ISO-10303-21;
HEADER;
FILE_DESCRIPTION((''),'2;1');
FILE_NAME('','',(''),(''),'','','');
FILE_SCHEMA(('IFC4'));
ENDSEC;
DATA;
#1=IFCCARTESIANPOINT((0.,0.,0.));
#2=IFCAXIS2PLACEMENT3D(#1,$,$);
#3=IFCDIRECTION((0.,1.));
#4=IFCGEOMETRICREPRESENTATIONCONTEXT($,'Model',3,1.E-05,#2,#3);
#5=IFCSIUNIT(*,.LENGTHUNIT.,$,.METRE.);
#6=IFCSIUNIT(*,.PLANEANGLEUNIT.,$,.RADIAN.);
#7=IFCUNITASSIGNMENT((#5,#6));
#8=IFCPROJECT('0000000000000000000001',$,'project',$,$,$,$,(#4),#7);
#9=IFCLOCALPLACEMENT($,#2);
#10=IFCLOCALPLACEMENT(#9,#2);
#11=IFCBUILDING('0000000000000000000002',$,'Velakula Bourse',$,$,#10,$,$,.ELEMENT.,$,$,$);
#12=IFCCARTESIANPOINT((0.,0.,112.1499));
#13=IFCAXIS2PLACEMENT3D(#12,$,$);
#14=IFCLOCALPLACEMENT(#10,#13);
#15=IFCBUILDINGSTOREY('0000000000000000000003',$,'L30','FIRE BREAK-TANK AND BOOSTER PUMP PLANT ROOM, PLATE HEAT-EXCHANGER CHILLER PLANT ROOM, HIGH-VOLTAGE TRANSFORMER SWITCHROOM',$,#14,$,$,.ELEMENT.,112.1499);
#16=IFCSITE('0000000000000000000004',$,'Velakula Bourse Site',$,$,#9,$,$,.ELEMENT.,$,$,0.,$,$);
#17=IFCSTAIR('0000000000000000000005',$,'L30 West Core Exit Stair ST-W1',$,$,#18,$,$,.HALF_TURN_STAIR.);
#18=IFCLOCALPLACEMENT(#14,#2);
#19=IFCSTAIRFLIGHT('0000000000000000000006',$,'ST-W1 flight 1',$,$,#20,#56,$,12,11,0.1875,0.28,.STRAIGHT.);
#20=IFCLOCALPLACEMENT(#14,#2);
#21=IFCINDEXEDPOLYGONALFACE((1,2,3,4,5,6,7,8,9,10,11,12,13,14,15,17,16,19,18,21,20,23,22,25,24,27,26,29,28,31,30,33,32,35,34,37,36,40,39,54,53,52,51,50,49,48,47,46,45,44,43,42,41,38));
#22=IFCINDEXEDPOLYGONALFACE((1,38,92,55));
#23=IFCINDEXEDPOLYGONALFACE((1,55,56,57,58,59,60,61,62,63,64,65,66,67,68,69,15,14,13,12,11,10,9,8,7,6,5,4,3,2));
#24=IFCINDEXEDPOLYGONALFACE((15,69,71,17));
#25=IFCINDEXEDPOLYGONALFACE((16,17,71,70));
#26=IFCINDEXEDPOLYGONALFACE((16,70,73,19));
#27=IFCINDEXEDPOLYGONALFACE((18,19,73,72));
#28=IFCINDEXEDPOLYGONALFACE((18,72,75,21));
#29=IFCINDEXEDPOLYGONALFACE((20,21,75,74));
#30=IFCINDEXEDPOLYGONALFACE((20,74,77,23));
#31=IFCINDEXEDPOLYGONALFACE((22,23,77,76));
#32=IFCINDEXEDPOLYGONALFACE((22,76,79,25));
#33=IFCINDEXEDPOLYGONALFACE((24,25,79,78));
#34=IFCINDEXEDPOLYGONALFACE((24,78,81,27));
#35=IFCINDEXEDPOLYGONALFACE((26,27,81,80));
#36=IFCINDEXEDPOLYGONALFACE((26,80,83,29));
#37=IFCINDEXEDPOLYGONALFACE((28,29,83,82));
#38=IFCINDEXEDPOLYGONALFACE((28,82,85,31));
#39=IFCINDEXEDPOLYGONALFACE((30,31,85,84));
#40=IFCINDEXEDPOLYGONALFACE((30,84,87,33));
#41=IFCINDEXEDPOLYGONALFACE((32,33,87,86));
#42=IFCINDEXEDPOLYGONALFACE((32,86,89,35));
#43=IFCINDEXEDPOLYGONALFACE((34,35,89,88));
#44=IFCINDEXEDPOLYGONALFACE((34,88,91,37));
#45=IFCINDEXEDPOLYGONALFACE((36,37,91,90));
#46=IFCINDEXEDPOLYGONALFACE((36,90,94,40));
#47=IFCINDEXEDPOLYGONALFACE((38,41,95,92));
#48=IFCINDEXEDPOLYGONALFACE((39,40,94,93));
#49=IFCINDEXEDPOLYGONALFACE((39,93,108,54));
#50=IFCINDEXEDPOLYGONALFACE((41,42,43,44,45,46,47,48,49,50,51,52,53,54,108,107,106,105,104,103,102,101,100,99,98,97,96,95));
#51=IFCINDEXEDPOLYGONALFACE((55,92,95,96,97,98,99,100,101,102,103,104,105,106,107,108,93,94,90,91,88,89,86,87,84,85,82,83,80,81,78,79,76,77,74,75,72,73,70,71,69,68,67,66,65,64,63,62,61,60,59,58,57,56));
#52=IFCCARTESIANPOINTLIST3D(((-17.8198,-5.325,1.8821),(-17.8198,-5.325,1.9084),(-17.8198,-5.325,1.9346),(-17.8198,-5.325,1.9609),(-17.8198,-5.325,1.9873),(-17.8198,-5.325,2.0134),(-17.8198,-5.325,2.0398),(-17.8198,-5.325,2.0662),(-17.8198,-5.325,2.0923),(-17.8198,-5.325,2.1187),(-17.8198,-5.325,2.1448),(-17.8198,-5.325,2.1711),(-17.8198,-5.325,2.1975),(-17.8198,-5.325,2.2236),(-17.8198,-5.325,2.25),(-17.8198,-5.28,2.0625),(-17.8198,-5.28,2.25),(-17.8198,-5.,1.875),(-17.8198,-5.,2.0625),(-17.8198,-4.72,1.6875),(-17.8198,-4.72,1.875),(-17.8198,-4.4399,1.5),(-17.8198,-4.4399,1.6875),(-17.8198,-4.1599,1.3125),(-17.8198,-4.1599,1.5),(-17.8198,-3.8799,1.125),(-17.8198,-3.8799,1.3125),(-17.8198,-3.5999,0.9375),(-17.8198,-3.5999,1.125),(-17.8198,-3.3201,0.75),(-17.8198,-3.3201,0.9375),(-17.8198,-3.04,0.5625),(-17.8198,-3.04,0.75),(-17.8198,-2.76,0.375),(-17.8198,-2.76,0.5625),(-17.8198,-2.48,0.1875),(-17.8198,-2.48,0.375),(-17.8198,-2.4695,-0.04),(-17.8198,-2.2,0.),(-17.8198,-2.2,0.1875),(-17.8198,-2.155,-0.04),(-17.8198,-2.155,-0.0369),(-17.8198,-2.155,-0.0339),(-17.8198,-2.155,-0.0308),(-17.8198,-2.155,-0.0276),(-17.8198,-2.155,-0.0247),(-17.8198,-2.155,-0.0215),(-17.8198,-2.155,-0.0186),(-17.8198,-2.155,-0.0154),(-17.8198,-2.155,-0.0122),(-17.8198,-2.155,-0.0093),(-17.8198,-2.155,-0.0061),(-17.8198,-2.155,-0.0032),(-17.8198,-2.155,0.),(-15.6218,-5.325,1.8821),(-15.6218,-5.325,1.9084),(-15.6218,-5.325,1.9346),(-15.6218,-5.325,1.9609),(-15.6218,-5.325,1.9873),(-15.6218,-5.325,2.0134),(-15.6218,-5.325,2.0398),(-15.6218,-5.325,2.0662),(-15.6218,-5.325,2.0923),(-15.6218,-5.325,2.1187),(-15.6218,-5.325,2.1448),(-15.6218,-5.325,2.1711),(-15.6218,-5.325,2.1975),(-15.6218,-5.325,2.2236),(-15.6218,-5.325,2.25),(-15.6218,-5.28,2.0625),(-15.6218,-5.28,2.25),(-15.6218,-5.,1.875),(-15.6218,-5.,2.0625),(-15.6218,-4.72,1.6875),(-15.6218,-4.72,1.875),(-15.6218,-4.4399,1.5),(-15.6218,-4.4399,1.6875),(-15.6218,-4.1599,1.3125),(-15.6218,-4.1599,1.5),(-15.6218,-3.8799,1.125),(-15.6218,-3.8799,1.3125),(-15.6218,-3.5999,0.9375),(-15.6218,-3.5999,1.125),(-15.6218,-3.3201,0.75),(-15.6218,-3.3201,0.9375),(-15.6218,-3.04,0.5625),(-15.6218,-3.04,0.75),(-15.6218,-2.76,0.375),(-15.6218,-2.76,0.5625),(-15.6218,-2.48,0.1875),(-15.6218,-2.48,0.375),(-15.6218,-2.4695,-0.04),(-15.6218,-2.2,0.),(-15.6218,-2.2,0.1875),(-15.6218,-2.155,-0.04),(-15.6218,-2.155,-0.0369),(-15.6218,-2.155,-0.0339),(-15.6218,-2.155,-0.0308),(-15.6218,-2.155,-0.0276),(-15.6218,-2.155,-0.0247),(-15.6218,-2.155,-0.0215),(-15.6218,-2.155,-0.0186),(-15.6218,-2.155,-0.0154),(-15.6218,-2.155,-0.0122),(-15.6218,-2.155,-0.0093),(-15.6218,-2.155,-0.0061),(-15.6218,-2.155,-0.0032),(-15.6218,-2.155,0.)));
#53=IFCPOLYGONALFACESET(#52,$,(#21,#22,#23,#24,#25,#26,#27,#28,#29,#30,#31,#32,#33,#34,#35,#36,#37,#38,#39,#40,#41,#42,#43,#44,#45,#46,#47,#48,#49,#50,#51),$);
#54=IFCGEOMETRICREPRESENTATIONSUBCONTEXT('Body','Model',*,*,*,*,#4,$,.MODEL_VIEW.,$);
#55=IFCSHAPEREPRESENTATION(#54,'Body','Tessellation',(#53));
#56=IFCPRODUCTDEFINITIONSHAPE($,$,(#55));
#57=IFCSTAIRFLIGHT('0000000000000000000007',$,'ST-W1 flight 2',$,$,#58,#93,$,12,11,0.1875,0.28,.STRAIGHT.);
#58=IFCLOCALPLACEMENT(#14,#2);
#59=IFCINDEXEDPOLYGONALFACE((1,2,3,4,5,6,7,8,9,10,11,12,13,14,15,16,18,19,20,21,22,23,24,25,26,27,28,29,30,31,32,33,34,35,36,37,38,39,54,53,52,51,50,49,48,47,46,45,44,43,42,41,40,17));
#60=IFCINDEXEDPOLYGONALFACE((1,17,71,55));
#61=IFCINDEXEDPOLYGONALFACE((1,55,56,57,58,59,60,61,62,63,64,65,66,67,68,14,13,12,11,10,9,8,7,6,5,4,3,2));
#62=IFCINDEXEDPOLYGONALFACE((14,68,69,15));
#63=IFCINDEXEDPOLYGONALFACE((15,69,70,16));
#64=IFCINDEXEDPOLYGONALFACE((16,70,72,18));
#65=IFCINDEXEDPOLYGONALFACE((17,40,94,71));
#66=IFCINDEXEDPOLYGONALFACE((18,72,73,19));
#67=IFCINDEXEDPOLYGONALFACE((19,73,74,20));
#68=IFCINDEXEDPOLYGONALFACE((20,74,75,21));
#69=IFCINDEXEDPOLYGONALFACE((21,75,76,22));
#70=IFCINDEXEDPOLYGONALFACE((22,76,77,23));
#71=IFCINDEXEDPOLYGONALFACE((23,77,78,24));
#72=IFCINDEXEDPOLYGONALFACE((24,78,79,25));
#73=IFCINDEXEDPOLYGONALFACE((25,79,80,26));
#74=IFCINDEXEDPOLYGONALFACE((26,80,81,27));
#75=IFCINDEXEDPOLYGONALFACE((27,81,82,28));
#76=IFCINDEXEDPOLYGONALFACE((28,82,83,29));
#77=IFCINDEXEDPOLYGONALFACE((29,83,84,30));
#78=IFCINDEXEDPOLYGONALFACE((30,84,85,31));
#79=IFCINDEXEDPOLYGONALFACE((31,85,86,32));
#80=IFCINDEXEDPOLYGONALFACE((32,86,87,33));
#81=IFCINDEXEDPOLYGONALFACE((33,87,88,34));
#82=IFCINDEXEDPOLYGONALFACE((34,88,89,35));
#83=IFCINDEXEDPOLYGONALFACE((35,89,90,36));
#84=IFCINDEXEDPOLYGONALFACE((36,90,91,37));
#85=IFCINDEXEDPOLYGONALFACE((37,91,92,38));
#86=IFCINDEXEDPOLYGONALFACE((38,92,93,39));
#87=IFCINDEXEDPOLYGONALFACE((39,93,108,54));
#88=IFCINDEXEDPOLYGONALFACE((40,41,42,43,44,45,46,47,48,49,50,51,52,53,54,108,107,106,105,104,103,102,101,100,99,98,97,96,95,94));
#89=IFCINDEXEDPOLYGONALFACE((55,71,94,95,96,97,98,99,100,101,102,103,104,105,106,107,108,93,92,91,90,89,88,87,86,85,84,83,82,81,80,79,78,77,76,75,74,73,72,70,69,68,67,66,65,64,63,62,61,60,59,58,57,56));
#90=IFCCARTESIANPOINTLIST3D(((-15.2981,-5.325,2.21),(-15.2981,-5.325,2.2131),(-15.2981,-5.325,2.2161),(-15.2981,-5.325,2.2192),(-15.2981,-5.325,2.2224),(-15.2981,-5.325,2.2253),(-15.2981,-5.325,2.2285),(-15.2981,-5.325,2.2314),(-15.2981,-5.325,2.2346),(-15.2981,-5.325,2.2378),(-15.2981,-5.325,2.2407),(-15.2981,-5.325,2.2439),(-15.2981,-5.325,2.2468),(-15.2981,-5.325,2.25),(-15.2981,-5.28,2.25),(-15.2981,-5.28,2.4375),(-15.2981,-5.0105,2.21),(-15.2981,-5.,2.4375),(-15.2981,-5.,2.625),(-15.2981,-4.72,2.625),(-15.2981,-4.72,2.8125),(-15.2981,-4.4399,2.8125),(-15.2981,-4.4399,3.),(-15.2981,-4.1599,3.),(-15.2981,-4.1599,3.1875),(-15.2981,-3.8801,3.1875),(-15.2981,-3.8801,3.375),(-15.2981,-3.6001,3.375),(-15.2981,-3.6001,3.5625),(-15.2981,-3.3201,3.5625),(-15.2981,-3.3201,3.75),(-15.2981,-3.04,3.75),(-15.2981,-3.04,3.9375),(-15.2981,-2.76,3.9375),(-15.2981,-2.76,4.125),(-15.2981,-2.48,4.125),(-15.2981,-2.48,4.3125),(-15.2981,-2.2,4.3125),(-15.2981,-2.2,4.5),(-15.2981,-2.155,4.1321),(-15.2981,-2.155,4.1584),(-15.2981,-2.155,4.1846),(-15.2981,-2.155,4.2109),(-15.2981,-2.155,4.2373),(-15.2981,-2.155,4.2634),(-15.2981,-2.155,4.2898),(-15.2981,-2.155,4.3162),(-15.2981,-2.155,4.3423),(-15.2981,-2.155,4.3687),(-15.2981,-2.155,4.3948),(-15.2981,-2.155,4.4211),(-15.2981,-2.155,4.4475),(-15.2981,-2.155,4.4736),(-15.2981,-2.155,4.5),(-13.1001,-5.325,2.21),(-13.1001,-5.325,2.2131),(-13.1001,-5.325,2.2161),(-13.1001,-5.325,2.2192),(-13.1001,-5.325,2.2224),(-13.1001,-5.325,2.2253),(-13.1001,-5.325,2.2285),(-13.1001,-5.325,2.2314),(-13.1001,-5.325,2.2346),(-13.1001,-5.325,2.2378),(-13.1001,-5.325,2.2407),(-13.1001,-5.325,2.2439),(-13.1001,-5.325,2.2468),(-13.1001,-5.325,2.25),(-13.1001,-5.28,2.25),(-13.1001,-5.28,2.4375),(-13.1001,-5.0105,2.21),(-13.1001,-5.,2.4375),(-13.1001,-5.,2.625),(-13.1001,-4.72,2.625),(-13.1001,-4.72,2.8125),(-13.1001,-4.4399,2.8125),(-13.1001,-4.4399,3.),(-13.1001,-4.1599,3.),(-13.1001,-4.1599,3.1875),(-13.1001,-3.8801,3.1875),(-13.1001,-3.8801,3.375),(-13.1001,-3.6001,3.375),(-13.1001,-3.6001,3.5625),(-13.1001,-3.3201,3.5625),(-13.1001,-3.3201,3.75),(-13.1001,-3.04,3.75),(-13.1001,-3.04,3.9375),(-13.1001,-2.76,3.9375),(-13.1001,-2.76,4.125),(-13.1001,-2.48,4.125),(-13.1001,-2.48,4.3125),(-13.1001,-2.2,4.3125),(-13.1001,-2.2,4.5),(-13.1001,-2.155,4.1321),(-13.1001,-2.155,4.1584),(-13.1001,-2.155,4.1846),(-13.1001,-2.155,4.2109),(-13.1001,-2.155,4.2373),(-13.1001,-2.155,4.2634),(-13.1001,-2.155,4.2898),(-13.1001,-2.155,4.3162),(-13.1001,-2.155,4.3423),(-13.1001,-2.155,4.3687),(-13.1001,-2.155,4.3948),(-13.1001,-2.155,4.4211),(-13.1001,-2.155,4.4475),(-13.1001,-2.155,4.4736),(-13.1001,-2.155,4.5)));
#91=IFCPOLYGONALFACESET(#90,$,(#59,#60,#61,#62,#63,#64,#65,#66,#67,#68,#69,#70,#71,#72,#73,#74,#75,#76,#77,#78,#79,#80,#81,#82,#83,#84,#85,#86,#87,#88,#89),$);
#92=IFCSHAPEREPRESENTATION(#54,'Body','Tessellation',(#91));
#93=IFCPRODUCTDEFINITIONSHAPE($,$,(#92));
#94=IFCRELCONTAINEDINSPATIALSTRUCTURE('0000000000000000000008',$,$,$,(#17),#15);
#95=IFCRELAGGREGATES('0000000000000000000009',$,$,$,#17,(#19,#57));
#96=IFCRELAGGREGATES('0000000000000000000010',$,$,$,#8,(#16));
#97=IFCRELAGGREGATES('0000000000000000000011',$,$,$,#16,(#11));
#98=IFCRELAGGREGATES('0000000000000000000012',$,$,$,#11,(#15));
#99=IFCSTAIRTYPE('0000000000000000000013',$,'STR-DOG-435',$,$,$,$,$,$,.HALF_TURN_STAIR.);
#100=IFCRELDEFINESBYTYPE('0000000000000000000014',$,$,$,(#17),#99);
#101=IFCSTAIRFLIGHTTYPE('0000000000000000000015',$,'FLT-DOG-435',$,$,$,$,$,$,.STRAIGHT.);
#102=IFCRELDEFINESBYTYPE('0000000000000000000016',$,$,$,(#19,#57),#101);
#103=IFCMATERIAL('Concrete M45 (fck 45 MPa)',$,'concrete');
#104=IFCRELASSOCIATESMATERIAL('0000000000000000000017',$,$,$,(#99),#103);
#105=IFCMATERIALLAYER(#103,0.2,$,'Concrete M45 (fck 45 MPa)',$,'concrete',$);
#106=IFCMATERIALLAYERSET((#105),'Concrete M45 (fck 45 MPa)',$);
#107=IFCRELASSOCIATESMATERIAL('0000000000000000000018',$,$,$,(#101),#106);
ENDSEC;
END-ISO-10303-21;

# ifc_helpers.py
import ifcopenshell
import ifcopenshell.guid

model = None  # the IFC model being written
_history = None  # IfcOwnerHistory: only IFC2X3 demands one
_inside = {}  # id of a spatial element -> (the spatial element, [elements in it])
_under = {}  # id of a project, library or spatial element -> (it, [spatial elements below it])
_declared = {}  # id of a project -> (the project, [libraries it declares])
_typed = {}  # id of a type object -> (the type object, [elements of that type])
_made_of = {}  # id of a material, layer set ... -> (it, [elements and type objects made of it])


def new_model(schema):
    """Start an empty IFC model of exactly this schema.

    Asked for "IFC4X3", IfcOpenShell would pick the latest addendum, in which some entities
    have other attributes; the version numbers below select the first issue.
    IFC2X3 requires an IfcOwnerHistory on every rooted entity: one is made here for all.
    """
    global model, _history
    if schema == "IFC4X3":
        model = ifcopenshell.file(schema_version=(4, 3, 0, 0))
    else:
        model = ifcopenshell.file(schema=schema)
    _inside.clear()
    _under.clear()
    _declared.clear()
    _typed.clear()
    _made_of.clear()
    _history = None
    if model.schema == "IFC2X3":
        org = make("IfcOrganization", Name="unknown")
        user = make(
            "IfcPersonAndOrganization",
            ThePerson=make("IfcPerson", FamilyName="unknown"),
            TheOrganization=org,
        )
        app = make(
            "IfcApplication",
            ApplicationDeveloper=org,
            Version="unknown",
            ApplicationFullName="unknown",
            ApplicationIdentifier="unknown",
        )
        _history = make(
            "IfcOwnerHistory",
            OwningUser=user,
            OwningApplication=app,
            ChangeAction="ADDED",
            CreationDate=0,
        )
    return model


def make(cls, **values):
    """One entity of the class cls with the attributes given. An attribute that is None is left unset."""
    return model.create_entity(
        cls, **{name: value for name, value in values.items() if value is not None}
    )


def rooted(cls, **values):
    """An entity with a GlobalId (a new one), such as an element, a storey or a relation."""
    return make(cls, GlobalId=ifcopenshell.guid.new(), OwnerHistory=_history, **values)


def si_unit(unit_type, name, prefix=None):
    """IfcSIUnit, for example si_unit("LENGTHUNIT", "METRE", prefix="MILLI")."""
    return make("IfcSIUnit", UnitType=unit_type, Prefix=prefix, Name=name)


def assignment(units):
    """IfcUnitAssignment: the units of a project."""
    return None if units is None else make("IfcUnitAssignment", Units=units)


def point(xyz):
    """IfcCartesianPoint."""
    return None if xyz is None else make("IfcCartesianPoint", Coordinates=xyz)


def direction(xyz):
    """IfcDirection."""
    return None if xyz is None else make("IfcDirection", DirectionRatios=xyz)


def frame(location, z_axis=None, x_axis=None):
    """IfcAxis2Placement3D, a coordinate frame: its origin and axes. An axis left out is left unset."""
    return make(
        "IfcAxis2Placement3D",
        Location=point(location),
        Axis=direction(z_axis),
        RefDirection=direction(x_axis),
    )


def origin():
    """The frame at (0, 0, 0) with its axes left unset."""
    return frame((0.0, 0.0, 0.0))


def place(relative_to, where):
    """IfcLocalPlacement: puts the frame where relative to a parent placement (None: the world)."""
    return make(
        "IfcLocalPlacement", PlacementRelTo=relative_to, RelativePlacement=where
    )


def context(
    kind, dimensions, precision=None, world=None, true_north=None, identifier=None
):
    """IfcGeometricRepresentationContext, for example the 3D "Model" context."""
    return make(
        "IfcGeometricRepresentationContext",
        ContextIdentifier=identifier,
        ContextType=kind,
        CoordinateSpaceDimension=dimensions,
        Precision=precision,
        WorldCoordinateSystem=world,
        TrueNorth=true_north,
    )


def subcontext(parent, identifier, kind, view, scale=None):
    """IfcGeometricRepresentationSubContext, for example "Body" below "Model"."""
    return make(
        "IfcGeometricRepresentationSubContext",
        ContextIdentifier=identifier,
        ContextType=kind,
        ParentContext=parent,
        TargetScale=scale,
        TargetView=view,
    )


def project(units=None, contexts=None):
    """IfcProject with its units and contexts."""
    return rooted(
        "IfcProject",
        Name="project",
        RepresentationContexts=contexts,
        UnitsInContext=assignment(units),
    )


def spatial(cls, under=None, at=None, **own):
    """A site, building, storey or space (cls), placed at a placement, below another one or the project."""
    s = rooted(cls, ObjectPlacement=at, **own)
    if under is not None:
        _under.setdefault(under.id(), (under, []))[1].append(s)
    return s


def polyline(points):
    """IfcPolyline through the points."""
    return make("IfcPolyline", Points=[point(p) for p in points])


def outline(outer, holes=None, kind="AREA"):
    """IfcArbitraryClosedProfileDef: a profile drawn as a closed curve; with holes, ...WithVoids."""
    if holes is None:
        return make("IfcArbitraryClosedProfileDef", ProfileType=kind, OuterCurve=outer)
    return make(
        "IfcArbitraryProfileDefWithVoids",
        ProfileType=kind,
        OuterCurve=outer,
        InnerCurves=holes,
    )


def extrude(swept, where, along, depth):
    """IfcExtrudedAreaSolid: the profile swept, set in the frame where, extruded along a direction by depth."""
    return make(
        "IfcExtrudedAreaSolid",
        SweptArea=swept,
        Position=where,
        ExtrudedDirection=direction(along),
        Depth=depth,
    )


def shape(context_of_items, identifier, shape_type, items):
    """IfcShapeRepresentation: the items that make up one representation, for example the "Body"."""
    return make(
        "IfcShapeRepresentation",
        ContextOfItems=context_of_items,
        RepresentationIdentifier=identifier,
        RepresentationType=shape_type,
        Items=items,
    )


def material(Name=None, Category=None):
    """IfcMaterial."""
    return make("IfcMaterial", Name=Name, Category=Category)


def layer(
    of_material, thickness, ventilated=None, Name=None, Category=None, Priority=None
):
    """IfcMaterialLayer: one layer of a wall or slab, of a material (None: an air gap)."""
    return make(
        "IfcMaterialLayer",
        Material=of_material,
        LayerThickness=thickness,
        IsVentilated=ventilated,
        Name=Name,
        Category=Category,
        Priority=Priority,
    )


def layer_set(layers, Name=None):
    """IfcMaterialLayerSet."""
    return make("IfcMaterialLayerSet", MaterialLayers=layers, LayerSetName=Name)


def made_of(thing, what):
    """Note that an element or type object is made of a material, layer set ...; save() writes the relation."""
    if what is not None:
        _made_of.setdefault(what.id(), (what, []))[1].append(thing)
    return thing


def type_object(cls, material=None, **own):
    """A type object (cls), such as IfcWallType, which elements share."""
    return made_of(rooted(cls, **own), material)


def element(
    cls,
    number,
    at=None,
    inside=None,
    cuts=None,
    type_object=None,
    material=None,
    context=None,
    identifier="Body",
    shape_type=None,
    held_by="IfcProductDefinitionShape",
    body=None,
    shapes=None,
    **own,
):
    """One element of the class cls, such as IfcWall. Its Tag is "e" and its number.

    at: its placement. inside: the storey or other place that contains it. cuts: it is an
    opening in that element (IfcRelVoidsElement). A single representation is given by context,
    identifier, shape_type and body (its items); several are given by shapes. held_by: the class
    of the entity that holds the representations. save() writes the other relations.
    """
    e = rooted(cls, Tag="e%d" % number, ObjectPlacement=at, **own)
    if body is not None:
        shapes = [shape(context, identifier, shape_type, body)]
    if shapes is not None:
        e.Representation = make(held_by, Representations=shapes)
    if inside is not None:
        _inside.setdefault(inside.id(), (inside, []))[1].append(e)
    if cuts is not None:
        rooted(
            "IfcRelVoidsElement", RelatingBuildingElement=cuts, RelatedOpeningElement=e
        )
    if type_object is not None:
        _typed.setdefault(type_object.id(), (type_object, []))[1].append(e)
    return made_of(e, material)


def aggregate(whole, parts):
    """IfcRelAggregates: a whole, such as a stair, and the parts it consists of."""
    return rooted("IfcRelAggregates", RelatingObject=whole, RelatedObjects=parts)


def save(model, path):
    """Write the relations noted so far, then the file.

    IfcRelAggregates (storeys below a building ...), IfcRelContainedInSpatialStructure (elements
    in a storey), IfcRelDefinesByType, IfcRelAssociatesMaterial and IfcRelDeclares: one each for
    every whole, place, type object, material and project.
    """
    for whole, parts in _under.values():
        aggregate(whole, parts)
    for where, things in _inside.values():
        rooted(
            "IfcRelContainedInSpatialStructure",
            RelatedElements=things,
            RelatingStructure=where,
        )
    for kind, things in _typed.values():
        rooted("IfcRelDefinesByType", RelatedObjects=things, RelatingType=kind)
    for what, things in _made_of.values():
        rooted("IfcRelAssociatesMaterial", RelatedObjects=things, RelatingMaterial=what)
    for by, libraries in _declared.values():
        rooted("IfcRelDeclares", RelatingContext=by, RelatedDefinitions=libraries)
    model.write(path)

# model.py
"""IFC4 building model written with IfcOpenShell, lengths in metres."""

from ifc_helpers import new_model, si_unit, direction, frame, origin, place, context, subcontext, project, spatial, polyline, outline, extrude, material, layer, layer_set, type_object, element, aggregate, save


model = new_model("IFC4")

# Units and contexts
model_context = context("Model", 3, precision=1e-05, world=origin(), true_north=direction((0.0, 1.0)))
body_context = subcontext(model_context, "Body", "Model", "MODEL_VIEW")
ifc_project = project(units=[si_unit("LENGTHUNIT", "METRE"), si_unit("PLANEANGLEUNIT", "RADIAN")], contexts=[model_context])

# Site, building, storey
site_placement = place(None, origin())
site = spatial("IfcSite", under=ifc_project, at=site_placement, Name="Velakula Bourse Site", CompositionType="ELEMENT", RefElevation=0.0)
building_placement = place(site_placement, origin())
building = spatial("IfcBuilding", under=site, at=building_placement, Name="Velakula Bourse", CompositionType="ELEMENT")
storey_placement = place(building_placement, frame((0.0, 0.0, 112.1499)))
storey = spatial("IfcBuildingStorey", under=building, at=storey_placement, Name="L30", Description="FIRE BREAK-TANK AND BOOSTER PUMP PLANT ROOM, PLATE HEAT-EXCHANGER CHILLER PLANT ROOM, HIGH-VOLTAGE TRANSFORMER SWITCHROOM", CompositionType="ELEMENT", Elevation=112.1499)

# Stair, stair flights
ifc_material_1 = material(Name="Concrete M45 (fck 45 MPa)", Category="concrete")
stair_type = type_object("IfcStairType", Name="STR-DOG-435", PredefinedType="HALF_TURN_STAIR", material=ifc_material_1)
stair_placement = place(storey_placement, origin())
stair = element("IfcStair", 1, at=stair_placement, inside=storey, type_object=stair_type, Name="L30 West Core Exit Stair ST-W1", PredefinedType="HALF_TURN_STAIR")
ifc_layer_1 = layer(ifc_material_1, 0.2, Name="Concrete M45 (fck 45 MPa)", Category="concrete")
ifc_layer_set_1 = layer_set([ifc_layer_1], Name="Concrete M45 (fck 45 MPa)")
stair_flight_type = type_object("IfcStairFlightType", Name="FLT-DOG-435", PredefinedType="STRAIGHT", material=ifc_layer_set_1)
stair_flight_1_placement = place(storey_placement, frame((-16.7209, -2.2, 0.0), z_axis=(0.0, 0.0, 1.0), x_axis=(0.0, -1.0, 0.0)))
stair_flight_1 = element("IfcStairFlight", 2, at=stair_flight_1_placement, type_object=stair_flight_type, Name="ST-W1 flight 1", NumberOfRisers=12, NumberOfTreads=11, PredefinedType="STRAIGHT", RiserHeight=0.1875, TreadLength=0.28, context=body_context, shape_type="SweptSolid", body=[
    extrude(outline(polyline([(-0.0449, -0.04), (-0.0449, -0.0369), (-0.0449, -0.0339), (-0.0449, -0.0308), (-0.0449, -0.0276), (-0.0449, -0.0247), (-0.0449, -0.0215), (-0.0449, -0.0186), (-0.0449, -0.0154), (-0.0449, -0.0122), (-0.0449, -0.0093), (-0.0449, -0.0061), (-0.0449, -0.0032), (-0.0449, 0.0), (0.0, 0.0), (0.0, 0.1875), (0.28, 0.1875), (0.28, 0.375), (0.5601, 0.375), (0.5601, 0.5625), (0.8401, 0.5625), (0.8401, 0.75), (1.1201, 0.75), (1.1201, 0.9375), (1.3999, 0.9375), (1.3999, 1.125), (1.6799, 1.125), (1.6799, 1.3125), (1.96, 1.3125), (1.96, 1.5), (2.24, 1.5), (2.24, 1.6875), (2.52, 1.6875), (2.52, 1.875), (2.8, 1.875), (2.8, 2.0625), (3.0801, 2.0625), (3.0801, 2.25), (3.125, 2.25), (3.125, 2.2236), (3.125, 2.1975), (3.125, 2.1711), (3.125, 2.1448), (3.125, 2.1187), (3.125, 2.0923), (3.125, 2.0662), (3.125, 2.0398), (3.125, 2.0134), (3.125, 1.9873), (3.125, 1.9609), (3.125, 1.9346), (3.125, 1.9084), (3.125, 1.8821), (0.2695, -0.04), (-0.0449, -0.04)])), frame((0.0, 1.0991, 0.0), z_axis=(0.0, -1.0, 0.0), x_axis=(1.0, 0.0, 0.0)), (0.0, 0.0, 1.0), 2.198),
])
stair_flight_2_placement = place(storey_placement, frame((-14.199, -5.28, 2.25), z_axis=(0.0, 0.0, 1.0), x_axis=(0.0, 1.0, 0.0)))
stair_flight_2 = element("IfcStairFlight", 3, at=stair_flight_2_placement, type_object=stair_flight_type, Name="ST-W1 flight 2", NumberOfRisers=12, NumberOfTreads=11, PredefinedType="STRAIGHT", RiserHeight=0.1875, TreadLength=0.28, context=body_context, shape_type="SweptSolid", body=[
    extrude(outline(polyline([(-0.0449, -0.04), (-0.0449, -0.0369), (-0.0449, -0.0339), (-0.0449, -0.0308), (-0.0449, -0.0276), (-0.0449, -0.0247), (-0.0449, -0.0215), (-0.0449, -0.0186), (-0.0449, -0.0154), (-0.0449, -0.0122), (-0.0449, -0.0093), (-0.0449, -0.0061), (-0.0449, -0.0032), (-0.0449, 0.0), (0.0, 0.0), (0.0, 0.1875), (0.28, 0.1875), (0.28, 0.375), (0.5601, 0.375), (0.5601, 0.5625), (0.8401, 0.5625), (0.8401, 0.75), (1.1201, 0.75), (1.1201, 0.9375), (1.3999, 0.9375), (1.3999, 1.125), (1.6799, 1.125), (1.6799, 1.3125), (1.96, 1.3125), (1.96, 1.5), (2.24, 1.5), (2.24, 1.6875), (2.52, 1.6875), (2.52, 1.875), (2.8, 1.875), (2.8, 2.0625), (3.0801, 2.0625), (3.0801, 2.25), (3.125, 2.25), (3.125, 2.2236), (3.125, 2.1975), (3.125, 2.1711), (3.125, 2.1448), (3.125, 2.1187), (3.125, 2.0923), (3.125, 2.0662), (3.125, 2.0398), (3.125, 2.0134), (3.125, 1.9873), (3.125, 1.9609), (3.125, 1.9346), (3.125, 1.9084), (3.125, 1.8821), (0.2695, -0.04), (-0.0449, -0.04)])), frame((0.0, 1.0991, 0.0), z_axis=(0.0, -1.0, 0.0), x_axis=(1.0, 0.0, 0.0)), (0.0, 0.0, 1.0), 2.198),
])
aggregate(stair, [stair_flight_1, stair_flight_2])

save(model, "model.ifc")
